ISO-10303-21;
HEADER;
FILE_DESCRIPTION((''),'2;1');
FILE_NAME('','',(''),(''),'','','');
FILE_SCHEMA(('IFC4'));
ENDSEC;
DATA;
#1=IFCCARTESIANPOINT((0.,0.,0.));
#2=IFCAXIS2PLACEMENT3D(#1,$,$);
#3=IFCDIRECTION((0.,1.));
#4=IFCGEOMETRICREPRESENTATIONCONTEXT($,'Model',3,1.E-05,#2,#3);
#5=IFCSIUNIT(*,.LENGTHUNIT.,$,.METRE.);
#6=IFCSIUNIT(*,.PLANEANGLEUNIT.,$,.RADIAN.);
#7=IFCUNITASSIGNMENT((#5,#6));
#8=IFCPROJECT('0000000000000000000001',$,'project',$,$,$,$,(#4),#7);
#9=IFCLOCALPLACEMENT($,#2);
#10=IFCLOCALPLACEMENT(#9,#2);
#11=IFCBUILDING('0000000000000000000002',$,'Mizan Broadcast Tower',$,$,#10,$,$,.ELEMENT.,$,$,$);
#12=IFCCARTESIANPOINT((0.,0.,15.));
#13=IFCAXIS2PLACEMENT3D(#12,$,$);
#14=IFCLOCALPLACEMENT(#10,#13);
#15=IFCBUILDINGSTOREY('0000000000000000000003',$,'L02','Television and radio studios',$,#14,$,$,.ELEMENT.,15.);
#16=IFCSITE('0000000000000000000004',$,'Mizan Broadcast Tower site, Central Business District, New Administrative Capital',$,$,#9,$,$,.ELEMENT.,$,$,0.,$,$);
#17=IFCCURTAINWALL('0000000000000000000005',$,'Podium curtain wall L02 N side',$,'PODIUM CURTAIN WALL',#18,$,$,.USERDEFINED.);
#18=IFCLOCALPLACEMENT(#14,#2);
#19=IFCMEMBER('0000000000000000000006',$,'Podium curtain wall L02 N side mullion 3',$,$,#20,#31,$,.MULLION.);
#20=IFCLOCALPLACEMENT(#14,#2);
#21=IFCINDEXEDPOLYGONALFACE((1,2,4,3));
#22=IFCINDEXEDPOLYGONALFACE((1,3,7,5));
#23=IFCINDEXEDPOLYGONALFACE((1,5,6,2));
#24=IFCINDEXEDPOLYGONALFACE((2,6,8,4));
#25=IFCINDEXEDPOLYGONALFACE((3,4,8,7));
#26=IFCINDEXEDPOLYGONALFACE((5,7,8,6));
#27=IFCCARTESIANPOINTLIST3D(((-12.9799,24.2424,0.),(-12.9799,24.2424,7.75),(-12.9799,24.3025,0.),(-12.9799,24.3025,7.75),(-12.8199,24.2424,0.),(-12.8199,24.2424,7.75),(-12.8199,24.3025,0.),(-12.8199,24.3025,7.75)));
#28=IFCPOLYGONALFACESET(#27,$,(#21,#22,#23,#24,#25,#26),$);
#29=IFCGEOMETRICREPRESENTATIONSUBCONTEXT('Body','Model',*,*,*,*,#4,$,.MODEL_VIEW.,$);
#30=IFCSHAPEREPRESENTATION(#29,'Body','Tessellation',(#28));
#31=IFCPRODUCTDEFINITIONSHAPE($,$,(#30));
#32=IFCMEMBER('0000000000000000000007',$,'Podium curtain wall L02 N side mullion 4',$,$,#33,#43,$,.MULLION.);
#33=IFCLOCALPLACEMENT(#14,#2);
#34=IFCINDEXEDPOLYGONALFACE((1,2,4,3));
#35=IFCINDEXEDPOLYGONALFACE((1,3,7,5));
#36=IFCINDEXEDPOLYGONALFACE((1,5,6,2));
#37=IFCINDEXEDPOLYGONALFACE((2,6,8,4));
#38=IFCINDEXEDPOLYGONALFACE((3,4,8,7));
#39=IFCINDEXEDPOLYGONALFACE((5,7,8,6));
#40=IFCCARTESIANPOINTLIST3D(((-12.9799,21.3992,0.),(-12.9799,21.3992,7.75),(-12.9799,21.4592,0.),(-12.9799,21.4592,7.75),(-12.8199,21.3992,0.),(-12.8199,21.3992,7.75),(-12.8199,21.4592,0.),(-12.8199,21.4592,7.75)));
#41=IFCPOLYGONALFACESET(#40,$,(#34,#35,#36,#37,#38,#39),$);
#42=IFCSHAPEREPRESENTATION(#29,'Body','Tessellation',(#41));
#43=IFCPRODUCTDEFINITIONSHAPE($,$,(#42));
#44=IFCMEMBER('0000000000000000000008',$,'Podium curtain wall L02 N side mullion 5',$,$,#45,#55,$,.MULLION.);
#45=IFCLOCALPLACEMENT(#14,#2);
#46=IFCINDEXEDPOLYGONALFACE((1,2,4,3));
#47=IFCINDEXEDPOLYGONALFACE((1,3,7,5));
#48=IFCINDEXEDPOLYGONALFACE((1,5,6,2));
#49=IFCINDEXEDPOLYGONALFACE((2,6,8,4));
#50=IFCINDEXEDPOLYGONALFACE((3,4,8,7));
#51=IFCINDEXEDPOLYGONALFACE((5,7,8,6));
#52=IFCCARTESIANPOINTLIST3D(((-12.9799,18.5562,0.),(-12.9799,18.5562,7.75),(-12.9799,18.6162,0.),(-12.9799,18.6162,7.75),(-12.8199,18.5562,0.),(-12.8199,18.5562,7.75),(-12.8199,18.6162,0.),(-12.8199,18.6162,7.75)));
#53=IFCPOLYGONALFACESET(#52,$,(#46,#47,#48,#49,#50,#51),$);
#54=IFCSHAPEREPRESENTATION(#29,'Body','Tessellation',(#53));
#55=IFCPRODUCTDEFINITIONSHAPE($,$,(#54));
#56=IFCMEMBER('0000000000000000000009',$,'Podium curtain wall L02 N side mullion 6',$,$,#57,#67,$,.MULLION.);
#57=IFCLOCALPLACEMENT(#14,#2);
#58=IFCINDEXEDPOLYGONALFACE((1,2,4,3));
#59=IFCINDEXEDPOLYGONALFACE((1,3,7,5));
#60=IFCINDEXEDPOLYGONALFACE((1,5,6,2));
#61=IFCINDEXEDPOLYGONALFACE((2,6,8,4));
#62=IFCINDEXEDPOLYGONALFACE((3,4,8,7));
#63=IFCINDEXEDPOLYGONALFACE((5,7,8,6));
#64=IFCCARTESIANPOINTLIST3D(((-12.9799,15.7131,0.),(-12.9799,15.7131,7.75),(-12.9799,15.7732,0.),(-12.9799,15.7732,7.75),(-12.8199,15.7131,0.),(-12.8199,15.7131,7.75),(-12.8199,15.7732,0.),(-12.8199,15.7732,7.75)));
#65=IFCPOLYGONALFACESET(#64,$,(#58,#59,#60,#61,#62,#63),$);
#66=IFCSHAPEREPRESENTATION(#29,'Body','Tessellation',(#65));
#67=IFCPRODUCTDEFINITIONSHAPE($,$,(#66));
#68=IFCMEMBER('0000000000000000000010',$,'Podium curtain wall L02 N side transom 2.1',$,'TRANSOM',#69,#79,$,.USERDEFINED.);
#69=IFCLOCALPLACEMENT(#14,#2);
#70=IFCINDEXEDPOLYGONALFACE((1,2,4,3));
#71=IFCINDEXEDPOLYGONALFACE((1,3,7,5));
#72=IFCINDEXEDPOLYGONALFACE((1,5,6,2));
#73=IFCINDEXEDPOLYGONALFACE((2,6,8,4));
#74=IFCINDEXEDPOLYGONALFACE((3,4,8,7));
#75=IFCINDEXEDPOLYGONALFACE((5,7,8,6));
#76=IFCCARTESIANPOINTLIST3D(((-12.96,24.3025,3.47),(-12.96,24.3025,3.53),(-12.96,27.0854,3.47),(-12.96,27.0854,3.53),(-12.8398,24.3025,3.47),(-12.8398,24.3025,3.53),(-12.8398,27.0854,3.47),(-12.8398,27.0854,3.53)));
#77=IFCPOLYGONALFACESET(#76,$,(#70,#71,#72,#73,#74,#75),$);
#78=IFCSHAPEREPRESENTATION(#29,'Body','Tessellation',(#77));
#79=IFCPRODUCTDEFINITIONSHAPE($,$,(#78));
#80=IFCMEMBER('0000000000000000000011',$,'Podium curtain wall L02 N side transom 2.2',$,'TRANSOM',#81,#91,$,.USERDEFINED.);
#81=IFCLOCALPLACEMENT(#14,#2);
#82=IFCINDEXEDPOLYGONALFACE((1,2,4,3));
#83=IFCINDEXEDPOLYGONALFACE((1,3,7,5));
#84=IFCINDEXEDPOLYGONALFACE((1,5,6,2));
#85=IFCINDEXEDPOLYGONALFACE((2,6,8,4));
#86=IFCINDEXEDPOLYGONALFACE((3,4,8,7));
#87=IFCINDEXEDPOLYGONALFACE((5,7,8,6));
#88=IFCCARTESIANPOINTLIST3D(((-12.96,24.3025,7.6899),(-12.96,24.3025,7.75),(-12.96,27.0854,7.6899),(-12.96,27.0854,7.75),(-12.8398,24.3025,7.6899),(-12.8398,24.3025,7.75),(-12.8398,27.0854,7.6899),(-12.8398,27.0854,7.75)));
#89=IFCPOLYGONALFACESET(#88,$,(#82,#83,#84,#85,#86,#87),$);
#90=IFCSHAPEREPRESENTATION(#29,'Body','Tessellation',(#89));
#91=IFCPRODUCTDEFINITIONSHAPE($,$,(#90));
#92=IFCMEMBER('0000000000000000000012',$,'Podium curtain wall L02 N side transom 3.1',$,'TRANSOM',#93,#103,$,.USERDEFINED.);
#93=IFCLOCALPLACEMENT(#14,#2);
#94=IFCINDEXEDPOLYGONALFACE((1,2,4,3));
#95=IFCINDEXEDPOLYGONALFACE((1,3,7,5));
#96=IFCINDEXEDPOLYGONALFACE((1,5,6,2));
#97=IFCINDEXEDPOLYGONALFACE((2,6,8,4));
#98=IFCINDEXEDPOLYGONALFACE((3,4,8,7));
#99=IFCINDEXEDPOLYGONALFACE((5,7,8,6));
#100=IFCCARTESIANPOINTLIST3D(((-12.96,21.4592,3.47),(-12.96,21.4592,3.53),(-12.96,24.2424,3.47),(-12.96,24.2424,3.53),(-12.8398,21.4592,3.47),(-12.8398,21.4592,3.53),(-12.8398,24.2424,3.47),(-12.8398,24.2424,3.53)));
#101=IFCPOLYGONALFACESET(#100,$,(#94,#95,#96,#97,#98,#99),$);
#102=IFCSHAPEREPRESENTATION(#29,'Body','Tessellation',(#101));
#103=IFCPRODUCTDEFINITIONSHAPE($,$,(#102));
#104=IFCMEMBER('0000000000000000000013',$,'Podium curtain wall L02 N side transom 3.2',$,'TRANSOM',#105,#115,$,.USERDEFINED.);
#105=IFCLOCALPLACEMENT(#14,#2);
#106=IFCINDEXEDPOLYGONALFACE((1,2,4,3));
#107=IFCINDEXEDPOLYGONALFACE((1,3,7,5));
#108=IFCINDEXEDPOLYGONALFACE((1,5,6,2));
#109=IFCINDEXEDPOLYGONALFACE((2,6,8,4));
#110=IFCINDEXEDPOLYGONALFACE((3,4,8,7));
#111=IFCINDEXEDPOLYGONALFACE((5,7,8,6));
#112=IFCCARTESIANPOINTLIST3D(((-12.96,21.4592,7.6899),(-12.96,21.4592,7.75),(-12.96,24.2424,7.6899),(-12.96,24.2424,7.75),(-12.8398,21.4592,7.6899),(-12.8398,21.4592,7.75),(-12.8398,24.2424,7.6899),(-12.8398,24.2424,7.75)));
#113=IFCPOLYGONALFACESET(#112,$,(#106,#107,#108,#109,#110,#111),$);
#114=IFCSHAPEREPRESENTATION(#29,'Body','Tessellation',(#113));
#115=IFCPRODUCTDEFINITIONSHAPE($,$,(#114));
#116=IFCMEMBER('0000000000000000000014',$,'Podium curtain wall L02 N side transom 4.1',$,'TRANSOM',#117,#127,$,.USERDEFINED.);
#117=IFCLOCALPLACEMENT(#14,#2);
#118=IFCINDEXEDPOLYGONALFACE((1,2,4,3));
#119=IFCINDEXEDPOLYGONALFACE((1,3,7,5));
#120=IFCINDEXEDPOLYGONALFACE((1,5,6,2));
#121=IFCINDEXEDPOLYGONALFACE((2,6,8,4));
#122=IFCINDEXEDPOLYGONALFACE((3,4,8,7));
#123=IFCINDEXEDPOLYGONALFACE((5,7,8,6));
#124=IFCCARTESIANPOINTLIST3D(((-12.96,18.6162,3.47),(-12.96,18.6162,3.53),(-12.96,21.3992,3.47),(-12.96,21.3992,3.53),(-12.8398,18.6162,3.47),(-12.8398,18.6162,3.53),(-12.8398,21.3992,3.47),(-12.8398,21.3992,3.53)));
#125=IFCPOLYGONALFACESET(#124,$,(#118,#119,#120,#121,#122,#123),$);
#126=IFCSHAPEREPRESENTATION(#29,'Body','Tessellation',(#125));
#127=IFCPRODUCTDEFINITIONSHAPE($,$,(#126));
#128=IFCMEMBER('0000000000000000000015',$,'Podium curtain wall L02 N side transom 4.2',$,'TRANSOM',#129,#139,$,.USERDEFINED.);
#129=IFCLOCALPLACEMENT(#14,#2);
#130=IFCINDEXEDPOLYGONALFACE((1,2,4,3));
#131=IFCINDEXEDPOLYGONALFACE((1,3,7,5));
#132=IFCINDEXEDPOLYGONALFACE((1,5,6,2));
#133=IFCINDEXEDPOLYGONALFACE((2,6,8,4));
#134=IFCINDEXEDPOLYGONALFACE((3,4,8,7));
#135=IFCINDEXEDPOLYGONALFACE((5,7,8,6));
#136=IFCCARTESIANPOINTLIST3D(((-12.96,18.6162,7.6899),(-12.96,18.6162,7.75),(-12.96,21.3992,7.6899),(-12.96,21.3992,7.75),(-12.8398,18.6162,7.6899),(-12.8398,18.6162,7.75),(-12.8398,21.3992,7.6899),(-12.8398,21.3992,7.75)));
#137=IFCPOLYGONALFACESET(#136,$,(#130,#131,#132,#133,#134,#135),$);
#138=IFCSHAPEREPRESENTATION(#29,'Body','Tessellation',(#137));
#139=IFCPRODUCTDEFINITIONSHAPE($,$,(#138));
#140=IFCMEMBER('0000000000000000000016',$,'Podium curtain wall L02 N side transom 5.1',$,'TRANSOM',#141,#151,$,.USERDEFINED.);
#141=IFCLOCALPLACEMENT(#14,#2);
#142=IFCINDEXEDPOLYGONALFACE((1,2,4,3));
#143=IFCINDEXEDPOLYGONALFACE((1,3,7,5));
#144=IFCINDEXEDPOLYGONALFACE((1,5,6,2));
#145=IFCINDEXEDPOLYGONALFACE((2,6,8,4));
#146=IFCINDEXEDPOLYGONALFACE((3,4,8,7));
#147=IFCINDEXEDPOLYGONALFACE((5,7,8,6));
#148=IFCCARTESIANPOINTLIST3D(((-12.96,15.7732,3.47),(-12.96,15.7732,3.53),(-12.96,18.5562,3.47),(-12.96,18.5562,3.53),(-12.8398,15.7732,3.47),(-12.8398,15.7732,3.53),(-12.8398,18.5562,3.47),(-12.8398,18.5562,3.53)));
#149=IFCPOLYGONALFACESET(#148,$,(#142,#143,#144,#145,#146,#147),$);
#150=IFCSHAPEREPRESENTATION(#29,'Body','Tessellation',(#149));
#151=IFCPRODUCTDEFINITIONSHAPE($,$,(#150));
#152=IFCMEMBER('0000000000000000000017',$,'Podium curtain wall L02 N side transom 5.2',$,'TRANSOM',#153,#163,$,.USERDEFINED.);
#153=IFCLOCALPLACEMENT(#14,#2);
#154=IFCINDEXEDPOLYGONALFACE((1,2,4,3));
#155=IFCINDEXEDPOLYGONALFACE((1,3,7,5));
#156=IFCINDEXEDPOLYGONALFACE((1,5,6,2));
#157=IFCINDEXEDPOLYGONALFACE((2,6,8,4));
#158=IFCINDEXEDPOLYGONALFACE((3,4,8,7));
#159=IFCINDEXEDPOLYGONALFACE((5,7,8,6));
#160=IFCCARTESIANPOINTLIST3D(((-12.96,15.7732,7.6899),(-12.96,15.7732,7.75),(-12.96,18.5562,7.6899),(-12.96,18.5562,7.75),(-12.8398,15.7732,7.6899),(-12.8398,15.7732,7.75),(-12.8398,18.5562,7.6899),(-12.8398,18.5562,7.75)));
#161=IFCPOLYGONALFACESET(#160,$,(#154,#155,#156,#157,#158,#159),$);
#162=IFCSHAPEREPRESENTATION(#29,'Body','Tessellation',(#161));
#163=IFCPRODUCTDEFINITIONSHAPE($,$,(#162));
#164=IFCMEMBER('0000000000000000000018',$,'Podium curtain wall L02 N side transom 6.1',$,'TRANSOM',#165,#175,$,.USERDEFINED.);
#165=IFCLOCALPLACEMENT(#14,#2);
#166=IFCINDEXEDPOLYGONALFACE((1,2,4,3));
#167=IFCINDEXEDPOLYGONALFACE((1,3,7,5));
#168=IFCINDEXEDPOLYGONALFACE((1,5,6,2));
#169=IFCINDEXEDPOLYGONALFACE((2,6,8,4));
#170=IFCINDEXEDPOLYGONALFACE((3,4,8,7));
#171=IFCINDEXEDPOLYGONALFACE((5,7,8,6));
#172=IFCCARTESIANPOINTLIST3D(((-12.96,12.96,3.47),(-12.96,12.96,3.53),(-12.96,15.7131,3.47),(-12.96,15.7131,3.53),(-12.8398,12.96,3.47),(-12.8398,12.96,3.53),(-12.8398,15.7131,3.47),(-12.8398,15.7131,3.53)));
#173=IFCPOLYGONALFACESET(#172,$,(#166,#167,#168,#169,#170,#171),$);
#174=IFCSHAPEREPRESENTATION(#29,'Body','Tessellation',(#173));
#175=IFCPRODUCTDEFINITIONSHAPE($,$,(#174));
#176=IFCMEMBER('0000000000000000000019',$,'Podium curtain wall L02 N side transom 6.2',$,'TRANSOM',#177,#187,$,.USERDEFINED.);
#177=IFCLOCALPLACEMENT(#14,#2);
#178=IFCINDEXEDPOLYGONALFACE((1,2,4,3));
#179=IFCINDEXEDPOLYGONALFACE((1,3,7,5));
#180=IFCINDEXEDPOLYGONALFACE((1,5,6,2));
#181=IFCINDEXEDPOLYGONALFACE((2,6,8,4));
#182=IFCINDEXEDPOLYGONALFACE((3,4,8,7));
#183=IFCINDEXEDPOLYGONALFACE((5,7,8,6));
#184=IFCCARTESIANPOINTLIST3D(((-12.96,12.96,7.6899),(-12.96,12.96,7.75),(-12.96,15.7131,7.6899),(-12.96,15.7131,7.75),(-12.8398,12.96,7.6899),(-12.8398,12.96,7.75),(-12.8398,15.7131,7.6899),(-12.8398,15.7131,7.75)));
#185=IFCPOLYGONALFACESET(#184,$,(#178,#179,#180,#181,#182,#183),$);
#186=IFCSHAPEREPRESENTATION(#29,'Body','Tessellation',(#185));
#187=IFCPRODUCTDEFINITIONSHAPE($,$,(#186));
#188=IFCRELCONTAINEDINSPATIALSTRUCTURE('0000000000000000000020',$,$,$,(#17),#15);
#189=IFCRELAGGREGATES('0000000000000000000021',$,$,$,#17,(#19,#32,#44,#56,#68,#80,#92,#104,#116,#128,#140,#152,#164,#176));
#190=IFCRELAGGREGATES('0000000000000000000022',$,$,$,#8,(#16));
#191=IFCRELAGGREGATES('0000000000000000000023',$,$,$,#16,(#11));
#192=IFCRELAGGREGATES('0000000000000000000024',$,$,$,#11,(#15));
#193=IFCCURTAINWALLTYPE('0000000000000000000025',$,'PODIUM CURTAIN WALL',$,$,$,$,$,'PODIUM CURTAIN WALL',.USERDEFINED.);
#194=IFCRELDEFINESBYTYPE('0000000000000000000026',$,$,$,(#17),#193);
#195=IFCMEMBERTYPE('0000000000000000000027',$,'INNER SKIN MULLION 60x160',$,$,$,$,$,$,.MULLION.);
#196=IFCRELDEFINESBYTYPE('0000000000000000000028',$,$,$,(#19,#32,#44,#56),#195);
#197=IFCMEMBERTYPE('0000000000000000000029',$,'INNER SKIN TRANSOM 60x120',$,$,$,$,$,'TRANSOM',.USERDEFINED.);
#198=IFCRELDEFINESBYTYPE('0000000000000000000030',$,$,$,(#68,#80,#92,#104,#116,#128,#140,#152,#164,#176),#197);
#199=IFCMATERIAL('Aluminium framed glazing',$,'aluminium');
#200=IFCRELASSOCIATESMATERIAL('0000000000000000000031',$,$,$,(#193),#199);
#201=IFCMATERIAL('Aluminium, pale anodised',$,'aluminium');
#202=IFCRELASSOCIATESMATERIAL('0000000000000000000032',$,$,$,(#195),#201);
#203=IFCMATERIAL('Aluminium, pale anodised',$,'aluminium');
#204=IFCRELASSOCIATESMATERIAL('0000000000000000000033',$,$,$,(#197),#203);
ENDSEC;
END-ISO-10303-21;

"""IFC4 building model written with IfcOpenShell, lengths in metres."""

from ifc_helpers import new_model, si_unit, direction, frame, origin, origin_2d, place, context, subcontext, project, spatial, rectangle, extrude, material, material_profile, profile_set, type_object, element, aggregate, save


model = new_model("IFC4")

# Units and contexts
model_context = context("Model", 3, precision=1e-05, world=origin(), true_north=direction((0.0, 1.0)))
body_context = subcontext(model_context, "Body", "Model", "MODEL_VIEW")
ifc_project = project(units=[si_unit("LENGTHUNIT", "METRE"), si_unit("PLANEANGLEUNIT", "RADIAN")], contexts=[model_context])

# Site, building, storey
site_placement = place(None, origin())
site = spatial("IfcSite", under=ifc_project, at=site_placement, Name="Mizan Broadcast Tower site, Central Business District, New Administrative Capital", CompositionType="ELEMENT", RefElevation=0.0)
building_placement = place(site_placement, origin())
building = spatial("IfcBuilding", under=site, at=building_placement, Name="Mizan Broadcast Tower", CompositionType="ELEMENT")
storey_placement = place(building_placement, frame((0.0, 0.0, 15.0)))
storey = spatial("IfcBuildingStorey", under=building, at=storey_placement, Name="L02", Description="Television and radio studios", CompositionType="ELEMENT", Elevation=15.0)

# Curtain wall, members
ifc_material_1 = material(Name="Aluminium framed glazing", Category="aluminium")
curtain_wall_type_1 = type_object("IfcCurtainWallType", Name="PODIUM CURTAIN WALL", ElementType="PODIUM CURTAIN WALL", PredefinedType="USERDEFINED", material=ifc_material_1)
curtain_wall_1_placement = place(storey_placement, origin())
curtain_wall_1 = element("IfcCurtainWall", 1, at=curtain_wall_1_placement, inside=storey, type_object=curtain_wall_type_1, Name="Podium curtain wall L02 N side", ObjectType="PODIUM CURTAIN WALL", PredefinedType="USERDEFINED")
ifc_material_2 = material(Name="Aluminium, pale anodised", Category="aluminium")
ifc_material_profile_1 = material_profile(ifc_material_2, rectangle(XDim=0.1599, YDim=0.0601, at=origin_2d()), Name="MULLION 160x60")
ifc_profile_set_1 = profile_set([ifc_material_profile_1], Name="Aluminium, pale anodised")
member_type_1 = type_object("IfcMemberType", Name="INNER SKIN MULLION 60x160", PredefinedType="MULLION", material=ifc_profile_set_1)
member_1_placement = place(storey_placement, frame((-12.8999, 24.2725, 0.0), z_axis=(0.0, 0.0, 1.0), x_axis=(1.0, 0.0, 0.0)))
member_1 = element("IfcMember", 2, at=member_1_placement, type_object=member_type_1, Name="Podium curtain wall L02 N side mullion 3", PredefinedType="MULLION", context=body_context, shape_type="SweptSolid", body=[
    extrude(rectangle(XDim=0.1599, YDim=0.0601, at=origin_2d()), origin(), (0.0, 0.0, 1.0), 7.75),
])
member_2_placement = place(storey_placement, frame((-12.8999, 21.4292, 0.0), z_axis=(0.0, 0.0, 1.0), x_axis=(1.0, 0.0, 0.0)))
member_2 = element("IfcMember", 3, at=member_2_placement, type_object=member_type_1, Name="Podium curtain wall L02 N side mullion 4", PredefinedType="MULLION", context=body_context, shape_type="SweptSolid", body=[
    extrude(rectangle(XDim=0.1599, YDim=0.0601, at=origin_2d()), origin(), (0.0, 0.0, 1.0), 7.75),
])
member_3_placement = place(storey_placement, frame((-12.8999, 18.5862, 0.0), z_axis=(0.0, 0.0, 1.0), x_axis=(1.0, 0.0, 0.0)))
member_3 = element("IfcMember", 4, at=member_3_placement, type_object=member_type_1, Name="Podium curtain wall L02 N side mullion 5", PredefinedType="MULLION", context=body_context, shape_type="SweptSolid", body=[
    extrude(rectangle(XDim=0.1599, YDim=0.0601, at=origin_2d()), origin(), (0.0, 0.0, 1.0), 7.75),
])
member_4_placement = place(storey_placement, frame((-12.8999, 15.7432, 0.0), z_axis=(0.0, 0.0, 1.0), x_axis=(1.0, 0.0, 0.0)))
member_4 = element("IfcMember", 5, at=member_4_placement, type_object=member_type_1, Name="Podium curtain wall L02 N side mullion 6", PredefinedType="MULLION", context=body_context, shape_type="SweptSolid", body=[
    extrude(rectangle(XDim=0.1599, YDim=0.0601, at=origin_2d()), origin(), (0.0, 0.0, 1.0), 7.75),
])
ifc_material_3 = material(Name="Aluminium, pale anodised", Category="aluminium")
ifc_material_profile_2 = material_profile(ifc_material_3, rectangle(XDim=0.1201, YDim=0.0601, at=origin_2d()), Name="TRANSOM 120x60")
ifc_profile_set_2 = profile_set([ifc_material_profile_2], Name="Aluminium, pale anodised")
member_type_2 = type_object("IfcMemberType", Name="INNER SKIN TRANSOM 60x120", ElementType="TRANSOM", PredefinedType="USERDEFINED", material=ifc_profile_set_2)
member_5_placement = place(storey_placement, frame((-12.8999, 27.0854, 3.5), z_axis=(0.0, -1.0, 0.0), x_axis=(1.0, 0.0, 0.0)))
member_5 = element("IfcMember", 6, at=member_5_placement, type_object=member_type_2, Name="Podium curtain wall L02 N side transom 2.1", ObjectType="TRANSOM", PredefinedType="USERDEFINED", context=body_context, shape_type="SweptSolid", body=[
    extrude(rectangle(XDim=0.1201, YDim=0.0601, at=origin_2d()), origin(), (0.0, 0.0, 1.0), 2.783),
])
member_6_placement = place(storey_placement, frame((-12.8999, 27.0854, 7.72), z_axis=(0.0, -1.0, 0.0), x_axis=(1.0, 0.0, 0.0)))
member_6 = element("IfcMember", 7, at=member_6_placement, type_object=member_type_2, Name="Podium curtain wall L02 N side transom 2.2", ObjectType="TRANSOM", PredefinedType="USERDEFINED", context=body_context, shape_type="SweptSolid", body=[
    extrude(rectangle(XDim=0.1201, YDim=0.0601, at=origin_2d()), origin(), (0.0, 0.0, 1.0), 2.783),
])
member_7_placement = place(storey_placement, frame((-12.8999, 24.2424, 3.5), z_axis=(0.0, -1.0, 0.0), x_axis=(1.0, 0.0, 0.0)))
member_7 = element("IfcMember", 8, at=member_7_placement, type_object=member_type_2, Name="Podium curtain wall L02 N side transom 3.1", ObjectType="TRANSOM", PredefinedType="USERDEFINED", context=body_context, shape_type="SweptSolid", body=[
    extrude(rectangle(XDim=0.1201, YDim=0.0601, at=origin_2d()), origin(), (0.0, 0.0, 1.0), 2.7832),
])
member_8_placement = place(storey_placement, frame((-12.8999, 24.2424, 7.72), z_axis=(0.0, -1.0, 0.0), x_axis=(1.0, 0.0, 0.0)))
member_8 = element("IfcMember", 9, at=member_8_placement, type_object=member_type_2, Name="Podium curtain wall L02 N side transom 3.2", ObjectType="TRANSOM", PredefinedType="USERDEFINED", context=body_context, shape_type="SweptSolid", body=[
    extrude(rectangle(XDim=0.1201, YDim=0.0601, at=origin_2d()), origin(), (0.0, 0.0, 1.0), 2.7832),
])
member_9_placement = place(storey_placement, frame((-12.8999, 21.3992, 3.5), z_axis=(0.0, -1.0, 0.0), x_axis=(1.0, 0.0, 0.0)))
member_9 = element("IfcMember", 10, at=member_9_placement, type_object=member_type_2, Name="Podium curtain wall L02 N side transom 4.1", ObjectType="TRANSOM", PredefinedType="USERDEFINED", context=body_context, shape_type="SweptSolid", body=[
    extrude(rectangle(XDim=0.1201, YDim=0.0601, at=origin_2d()), origin(), (0.0, 0.0, 1.0), 2.783),
])
member_10_placement = place(storey_placement, frame((-12.8999, 21.3992, 7.72), z_axis=(0.0, -1.0, 0.0), x_axis=(1.0, 0.0, 0.0)))
member_10 = element("IfcMember", 11, at=member_10_placement, type_object=member_type_2, Name="Podium curtain wall L02 N side transom 4.2", ObjectType="TRANSOM", PredefinedType="USERDEFINED", context=body_context, shape_type="SweptSolid", body=[
    extrude(rectangle(XDim=0.1201, YDim=0.0601, at=origin_2d()), origin(), (0.0, 0.0, 1.0), 2.783),
])
member_11_placement = place(storey_placement, frame((-12.8999, 18.5562, 3.5), z_axis=(0.0, -1.0, 0.0), x_axis=(1.0, 0.0, 0.0)))
member_11 = element("IfcMember", 12, at=member_11_placement, type_object=member_type_2, Name="Podium curtain wall L02 N side transom 5.1", ObjectType="TRANSOM", PredefinedType="USERDEFINED", context=body_context, shape_type="SweptSolid", body=[
    extrude(rectangle(XDim=0.1201, YDim=0.0601, at=origin_2d()), origin(), (0.0, 0.0, 1.0), 2.783),
])
member_12_placement = place(storey_placement, frame((-12.8999, 18.5562, 7.72), z_axis=(0.0, -1.0, 0.0), x_axis=(1.0, 0.0, 0.0)))
member_12 = element("IfcMember", 13, at=member_12_placement, type_object=member_type_2, Name="Podium curtain wall L02 N side transom 5.2", ObjectType="TRANSOM", PredefinedType="USERDEFINED", context=body_context, shape_type="SweptSolid", body=[
    extrude(rectangle(XDim=0.1201, YDim=0.0601, at=origin_2d()), origin(), (0.0, 0.0, 1.0), 2.783),
])
member_13_placement = place(storey_placement, frame((-12.8999, 15.7131, 3.5), z_axis=(0.0, -1.0, 0.0), x_axis=(1.0, 0.0, 0.0)))
member_13 = element("IfcMember", 14, at=member_13_placement, type_object=member_type_2, Name="Podium curtain wall L02 N side transom 6.1", ObjectType="TRANSOM", PredefinedType="USERDEFINED", context=body_context, shape_type="SweptSolid", body=[
    extrude(rectangle(XDim=0.1201, YDim=0.0601, at=origin_2d()), origin(), (0.0, 0.0, 1.0), 2.7532),
])
member_14_placement = place(storey_placement, frame((-12.8999, 15.7131, 7.72), z_axis=(0.0, -1.0, 0.0), x_axis=(1.0, 0.0, 0.0)))
member_14 = element("IfcMember", 15, at=member_14_placement, type_object=member_type_2, Name="Podium curtain wall L02 N side transom 6.2", ObjectType="TRANSOM", PredefinedType="USERDEFINED", context=body_context, shape_type="SweptSolid", body=[
    extrude(rectangle(XDim=0.1201, YDim=0.0601, at=origin_2d()), origin(), (0.0, 0.0, 1.0), 2.7532),
])

aggregate(curtain_wall_1, [member_1, member_2, member_3, member_4, member_5, member_6, member_7, member_8, member_9, member_10, member_11, member_12, member_13, member_14])

save(model, "model.ifc")
